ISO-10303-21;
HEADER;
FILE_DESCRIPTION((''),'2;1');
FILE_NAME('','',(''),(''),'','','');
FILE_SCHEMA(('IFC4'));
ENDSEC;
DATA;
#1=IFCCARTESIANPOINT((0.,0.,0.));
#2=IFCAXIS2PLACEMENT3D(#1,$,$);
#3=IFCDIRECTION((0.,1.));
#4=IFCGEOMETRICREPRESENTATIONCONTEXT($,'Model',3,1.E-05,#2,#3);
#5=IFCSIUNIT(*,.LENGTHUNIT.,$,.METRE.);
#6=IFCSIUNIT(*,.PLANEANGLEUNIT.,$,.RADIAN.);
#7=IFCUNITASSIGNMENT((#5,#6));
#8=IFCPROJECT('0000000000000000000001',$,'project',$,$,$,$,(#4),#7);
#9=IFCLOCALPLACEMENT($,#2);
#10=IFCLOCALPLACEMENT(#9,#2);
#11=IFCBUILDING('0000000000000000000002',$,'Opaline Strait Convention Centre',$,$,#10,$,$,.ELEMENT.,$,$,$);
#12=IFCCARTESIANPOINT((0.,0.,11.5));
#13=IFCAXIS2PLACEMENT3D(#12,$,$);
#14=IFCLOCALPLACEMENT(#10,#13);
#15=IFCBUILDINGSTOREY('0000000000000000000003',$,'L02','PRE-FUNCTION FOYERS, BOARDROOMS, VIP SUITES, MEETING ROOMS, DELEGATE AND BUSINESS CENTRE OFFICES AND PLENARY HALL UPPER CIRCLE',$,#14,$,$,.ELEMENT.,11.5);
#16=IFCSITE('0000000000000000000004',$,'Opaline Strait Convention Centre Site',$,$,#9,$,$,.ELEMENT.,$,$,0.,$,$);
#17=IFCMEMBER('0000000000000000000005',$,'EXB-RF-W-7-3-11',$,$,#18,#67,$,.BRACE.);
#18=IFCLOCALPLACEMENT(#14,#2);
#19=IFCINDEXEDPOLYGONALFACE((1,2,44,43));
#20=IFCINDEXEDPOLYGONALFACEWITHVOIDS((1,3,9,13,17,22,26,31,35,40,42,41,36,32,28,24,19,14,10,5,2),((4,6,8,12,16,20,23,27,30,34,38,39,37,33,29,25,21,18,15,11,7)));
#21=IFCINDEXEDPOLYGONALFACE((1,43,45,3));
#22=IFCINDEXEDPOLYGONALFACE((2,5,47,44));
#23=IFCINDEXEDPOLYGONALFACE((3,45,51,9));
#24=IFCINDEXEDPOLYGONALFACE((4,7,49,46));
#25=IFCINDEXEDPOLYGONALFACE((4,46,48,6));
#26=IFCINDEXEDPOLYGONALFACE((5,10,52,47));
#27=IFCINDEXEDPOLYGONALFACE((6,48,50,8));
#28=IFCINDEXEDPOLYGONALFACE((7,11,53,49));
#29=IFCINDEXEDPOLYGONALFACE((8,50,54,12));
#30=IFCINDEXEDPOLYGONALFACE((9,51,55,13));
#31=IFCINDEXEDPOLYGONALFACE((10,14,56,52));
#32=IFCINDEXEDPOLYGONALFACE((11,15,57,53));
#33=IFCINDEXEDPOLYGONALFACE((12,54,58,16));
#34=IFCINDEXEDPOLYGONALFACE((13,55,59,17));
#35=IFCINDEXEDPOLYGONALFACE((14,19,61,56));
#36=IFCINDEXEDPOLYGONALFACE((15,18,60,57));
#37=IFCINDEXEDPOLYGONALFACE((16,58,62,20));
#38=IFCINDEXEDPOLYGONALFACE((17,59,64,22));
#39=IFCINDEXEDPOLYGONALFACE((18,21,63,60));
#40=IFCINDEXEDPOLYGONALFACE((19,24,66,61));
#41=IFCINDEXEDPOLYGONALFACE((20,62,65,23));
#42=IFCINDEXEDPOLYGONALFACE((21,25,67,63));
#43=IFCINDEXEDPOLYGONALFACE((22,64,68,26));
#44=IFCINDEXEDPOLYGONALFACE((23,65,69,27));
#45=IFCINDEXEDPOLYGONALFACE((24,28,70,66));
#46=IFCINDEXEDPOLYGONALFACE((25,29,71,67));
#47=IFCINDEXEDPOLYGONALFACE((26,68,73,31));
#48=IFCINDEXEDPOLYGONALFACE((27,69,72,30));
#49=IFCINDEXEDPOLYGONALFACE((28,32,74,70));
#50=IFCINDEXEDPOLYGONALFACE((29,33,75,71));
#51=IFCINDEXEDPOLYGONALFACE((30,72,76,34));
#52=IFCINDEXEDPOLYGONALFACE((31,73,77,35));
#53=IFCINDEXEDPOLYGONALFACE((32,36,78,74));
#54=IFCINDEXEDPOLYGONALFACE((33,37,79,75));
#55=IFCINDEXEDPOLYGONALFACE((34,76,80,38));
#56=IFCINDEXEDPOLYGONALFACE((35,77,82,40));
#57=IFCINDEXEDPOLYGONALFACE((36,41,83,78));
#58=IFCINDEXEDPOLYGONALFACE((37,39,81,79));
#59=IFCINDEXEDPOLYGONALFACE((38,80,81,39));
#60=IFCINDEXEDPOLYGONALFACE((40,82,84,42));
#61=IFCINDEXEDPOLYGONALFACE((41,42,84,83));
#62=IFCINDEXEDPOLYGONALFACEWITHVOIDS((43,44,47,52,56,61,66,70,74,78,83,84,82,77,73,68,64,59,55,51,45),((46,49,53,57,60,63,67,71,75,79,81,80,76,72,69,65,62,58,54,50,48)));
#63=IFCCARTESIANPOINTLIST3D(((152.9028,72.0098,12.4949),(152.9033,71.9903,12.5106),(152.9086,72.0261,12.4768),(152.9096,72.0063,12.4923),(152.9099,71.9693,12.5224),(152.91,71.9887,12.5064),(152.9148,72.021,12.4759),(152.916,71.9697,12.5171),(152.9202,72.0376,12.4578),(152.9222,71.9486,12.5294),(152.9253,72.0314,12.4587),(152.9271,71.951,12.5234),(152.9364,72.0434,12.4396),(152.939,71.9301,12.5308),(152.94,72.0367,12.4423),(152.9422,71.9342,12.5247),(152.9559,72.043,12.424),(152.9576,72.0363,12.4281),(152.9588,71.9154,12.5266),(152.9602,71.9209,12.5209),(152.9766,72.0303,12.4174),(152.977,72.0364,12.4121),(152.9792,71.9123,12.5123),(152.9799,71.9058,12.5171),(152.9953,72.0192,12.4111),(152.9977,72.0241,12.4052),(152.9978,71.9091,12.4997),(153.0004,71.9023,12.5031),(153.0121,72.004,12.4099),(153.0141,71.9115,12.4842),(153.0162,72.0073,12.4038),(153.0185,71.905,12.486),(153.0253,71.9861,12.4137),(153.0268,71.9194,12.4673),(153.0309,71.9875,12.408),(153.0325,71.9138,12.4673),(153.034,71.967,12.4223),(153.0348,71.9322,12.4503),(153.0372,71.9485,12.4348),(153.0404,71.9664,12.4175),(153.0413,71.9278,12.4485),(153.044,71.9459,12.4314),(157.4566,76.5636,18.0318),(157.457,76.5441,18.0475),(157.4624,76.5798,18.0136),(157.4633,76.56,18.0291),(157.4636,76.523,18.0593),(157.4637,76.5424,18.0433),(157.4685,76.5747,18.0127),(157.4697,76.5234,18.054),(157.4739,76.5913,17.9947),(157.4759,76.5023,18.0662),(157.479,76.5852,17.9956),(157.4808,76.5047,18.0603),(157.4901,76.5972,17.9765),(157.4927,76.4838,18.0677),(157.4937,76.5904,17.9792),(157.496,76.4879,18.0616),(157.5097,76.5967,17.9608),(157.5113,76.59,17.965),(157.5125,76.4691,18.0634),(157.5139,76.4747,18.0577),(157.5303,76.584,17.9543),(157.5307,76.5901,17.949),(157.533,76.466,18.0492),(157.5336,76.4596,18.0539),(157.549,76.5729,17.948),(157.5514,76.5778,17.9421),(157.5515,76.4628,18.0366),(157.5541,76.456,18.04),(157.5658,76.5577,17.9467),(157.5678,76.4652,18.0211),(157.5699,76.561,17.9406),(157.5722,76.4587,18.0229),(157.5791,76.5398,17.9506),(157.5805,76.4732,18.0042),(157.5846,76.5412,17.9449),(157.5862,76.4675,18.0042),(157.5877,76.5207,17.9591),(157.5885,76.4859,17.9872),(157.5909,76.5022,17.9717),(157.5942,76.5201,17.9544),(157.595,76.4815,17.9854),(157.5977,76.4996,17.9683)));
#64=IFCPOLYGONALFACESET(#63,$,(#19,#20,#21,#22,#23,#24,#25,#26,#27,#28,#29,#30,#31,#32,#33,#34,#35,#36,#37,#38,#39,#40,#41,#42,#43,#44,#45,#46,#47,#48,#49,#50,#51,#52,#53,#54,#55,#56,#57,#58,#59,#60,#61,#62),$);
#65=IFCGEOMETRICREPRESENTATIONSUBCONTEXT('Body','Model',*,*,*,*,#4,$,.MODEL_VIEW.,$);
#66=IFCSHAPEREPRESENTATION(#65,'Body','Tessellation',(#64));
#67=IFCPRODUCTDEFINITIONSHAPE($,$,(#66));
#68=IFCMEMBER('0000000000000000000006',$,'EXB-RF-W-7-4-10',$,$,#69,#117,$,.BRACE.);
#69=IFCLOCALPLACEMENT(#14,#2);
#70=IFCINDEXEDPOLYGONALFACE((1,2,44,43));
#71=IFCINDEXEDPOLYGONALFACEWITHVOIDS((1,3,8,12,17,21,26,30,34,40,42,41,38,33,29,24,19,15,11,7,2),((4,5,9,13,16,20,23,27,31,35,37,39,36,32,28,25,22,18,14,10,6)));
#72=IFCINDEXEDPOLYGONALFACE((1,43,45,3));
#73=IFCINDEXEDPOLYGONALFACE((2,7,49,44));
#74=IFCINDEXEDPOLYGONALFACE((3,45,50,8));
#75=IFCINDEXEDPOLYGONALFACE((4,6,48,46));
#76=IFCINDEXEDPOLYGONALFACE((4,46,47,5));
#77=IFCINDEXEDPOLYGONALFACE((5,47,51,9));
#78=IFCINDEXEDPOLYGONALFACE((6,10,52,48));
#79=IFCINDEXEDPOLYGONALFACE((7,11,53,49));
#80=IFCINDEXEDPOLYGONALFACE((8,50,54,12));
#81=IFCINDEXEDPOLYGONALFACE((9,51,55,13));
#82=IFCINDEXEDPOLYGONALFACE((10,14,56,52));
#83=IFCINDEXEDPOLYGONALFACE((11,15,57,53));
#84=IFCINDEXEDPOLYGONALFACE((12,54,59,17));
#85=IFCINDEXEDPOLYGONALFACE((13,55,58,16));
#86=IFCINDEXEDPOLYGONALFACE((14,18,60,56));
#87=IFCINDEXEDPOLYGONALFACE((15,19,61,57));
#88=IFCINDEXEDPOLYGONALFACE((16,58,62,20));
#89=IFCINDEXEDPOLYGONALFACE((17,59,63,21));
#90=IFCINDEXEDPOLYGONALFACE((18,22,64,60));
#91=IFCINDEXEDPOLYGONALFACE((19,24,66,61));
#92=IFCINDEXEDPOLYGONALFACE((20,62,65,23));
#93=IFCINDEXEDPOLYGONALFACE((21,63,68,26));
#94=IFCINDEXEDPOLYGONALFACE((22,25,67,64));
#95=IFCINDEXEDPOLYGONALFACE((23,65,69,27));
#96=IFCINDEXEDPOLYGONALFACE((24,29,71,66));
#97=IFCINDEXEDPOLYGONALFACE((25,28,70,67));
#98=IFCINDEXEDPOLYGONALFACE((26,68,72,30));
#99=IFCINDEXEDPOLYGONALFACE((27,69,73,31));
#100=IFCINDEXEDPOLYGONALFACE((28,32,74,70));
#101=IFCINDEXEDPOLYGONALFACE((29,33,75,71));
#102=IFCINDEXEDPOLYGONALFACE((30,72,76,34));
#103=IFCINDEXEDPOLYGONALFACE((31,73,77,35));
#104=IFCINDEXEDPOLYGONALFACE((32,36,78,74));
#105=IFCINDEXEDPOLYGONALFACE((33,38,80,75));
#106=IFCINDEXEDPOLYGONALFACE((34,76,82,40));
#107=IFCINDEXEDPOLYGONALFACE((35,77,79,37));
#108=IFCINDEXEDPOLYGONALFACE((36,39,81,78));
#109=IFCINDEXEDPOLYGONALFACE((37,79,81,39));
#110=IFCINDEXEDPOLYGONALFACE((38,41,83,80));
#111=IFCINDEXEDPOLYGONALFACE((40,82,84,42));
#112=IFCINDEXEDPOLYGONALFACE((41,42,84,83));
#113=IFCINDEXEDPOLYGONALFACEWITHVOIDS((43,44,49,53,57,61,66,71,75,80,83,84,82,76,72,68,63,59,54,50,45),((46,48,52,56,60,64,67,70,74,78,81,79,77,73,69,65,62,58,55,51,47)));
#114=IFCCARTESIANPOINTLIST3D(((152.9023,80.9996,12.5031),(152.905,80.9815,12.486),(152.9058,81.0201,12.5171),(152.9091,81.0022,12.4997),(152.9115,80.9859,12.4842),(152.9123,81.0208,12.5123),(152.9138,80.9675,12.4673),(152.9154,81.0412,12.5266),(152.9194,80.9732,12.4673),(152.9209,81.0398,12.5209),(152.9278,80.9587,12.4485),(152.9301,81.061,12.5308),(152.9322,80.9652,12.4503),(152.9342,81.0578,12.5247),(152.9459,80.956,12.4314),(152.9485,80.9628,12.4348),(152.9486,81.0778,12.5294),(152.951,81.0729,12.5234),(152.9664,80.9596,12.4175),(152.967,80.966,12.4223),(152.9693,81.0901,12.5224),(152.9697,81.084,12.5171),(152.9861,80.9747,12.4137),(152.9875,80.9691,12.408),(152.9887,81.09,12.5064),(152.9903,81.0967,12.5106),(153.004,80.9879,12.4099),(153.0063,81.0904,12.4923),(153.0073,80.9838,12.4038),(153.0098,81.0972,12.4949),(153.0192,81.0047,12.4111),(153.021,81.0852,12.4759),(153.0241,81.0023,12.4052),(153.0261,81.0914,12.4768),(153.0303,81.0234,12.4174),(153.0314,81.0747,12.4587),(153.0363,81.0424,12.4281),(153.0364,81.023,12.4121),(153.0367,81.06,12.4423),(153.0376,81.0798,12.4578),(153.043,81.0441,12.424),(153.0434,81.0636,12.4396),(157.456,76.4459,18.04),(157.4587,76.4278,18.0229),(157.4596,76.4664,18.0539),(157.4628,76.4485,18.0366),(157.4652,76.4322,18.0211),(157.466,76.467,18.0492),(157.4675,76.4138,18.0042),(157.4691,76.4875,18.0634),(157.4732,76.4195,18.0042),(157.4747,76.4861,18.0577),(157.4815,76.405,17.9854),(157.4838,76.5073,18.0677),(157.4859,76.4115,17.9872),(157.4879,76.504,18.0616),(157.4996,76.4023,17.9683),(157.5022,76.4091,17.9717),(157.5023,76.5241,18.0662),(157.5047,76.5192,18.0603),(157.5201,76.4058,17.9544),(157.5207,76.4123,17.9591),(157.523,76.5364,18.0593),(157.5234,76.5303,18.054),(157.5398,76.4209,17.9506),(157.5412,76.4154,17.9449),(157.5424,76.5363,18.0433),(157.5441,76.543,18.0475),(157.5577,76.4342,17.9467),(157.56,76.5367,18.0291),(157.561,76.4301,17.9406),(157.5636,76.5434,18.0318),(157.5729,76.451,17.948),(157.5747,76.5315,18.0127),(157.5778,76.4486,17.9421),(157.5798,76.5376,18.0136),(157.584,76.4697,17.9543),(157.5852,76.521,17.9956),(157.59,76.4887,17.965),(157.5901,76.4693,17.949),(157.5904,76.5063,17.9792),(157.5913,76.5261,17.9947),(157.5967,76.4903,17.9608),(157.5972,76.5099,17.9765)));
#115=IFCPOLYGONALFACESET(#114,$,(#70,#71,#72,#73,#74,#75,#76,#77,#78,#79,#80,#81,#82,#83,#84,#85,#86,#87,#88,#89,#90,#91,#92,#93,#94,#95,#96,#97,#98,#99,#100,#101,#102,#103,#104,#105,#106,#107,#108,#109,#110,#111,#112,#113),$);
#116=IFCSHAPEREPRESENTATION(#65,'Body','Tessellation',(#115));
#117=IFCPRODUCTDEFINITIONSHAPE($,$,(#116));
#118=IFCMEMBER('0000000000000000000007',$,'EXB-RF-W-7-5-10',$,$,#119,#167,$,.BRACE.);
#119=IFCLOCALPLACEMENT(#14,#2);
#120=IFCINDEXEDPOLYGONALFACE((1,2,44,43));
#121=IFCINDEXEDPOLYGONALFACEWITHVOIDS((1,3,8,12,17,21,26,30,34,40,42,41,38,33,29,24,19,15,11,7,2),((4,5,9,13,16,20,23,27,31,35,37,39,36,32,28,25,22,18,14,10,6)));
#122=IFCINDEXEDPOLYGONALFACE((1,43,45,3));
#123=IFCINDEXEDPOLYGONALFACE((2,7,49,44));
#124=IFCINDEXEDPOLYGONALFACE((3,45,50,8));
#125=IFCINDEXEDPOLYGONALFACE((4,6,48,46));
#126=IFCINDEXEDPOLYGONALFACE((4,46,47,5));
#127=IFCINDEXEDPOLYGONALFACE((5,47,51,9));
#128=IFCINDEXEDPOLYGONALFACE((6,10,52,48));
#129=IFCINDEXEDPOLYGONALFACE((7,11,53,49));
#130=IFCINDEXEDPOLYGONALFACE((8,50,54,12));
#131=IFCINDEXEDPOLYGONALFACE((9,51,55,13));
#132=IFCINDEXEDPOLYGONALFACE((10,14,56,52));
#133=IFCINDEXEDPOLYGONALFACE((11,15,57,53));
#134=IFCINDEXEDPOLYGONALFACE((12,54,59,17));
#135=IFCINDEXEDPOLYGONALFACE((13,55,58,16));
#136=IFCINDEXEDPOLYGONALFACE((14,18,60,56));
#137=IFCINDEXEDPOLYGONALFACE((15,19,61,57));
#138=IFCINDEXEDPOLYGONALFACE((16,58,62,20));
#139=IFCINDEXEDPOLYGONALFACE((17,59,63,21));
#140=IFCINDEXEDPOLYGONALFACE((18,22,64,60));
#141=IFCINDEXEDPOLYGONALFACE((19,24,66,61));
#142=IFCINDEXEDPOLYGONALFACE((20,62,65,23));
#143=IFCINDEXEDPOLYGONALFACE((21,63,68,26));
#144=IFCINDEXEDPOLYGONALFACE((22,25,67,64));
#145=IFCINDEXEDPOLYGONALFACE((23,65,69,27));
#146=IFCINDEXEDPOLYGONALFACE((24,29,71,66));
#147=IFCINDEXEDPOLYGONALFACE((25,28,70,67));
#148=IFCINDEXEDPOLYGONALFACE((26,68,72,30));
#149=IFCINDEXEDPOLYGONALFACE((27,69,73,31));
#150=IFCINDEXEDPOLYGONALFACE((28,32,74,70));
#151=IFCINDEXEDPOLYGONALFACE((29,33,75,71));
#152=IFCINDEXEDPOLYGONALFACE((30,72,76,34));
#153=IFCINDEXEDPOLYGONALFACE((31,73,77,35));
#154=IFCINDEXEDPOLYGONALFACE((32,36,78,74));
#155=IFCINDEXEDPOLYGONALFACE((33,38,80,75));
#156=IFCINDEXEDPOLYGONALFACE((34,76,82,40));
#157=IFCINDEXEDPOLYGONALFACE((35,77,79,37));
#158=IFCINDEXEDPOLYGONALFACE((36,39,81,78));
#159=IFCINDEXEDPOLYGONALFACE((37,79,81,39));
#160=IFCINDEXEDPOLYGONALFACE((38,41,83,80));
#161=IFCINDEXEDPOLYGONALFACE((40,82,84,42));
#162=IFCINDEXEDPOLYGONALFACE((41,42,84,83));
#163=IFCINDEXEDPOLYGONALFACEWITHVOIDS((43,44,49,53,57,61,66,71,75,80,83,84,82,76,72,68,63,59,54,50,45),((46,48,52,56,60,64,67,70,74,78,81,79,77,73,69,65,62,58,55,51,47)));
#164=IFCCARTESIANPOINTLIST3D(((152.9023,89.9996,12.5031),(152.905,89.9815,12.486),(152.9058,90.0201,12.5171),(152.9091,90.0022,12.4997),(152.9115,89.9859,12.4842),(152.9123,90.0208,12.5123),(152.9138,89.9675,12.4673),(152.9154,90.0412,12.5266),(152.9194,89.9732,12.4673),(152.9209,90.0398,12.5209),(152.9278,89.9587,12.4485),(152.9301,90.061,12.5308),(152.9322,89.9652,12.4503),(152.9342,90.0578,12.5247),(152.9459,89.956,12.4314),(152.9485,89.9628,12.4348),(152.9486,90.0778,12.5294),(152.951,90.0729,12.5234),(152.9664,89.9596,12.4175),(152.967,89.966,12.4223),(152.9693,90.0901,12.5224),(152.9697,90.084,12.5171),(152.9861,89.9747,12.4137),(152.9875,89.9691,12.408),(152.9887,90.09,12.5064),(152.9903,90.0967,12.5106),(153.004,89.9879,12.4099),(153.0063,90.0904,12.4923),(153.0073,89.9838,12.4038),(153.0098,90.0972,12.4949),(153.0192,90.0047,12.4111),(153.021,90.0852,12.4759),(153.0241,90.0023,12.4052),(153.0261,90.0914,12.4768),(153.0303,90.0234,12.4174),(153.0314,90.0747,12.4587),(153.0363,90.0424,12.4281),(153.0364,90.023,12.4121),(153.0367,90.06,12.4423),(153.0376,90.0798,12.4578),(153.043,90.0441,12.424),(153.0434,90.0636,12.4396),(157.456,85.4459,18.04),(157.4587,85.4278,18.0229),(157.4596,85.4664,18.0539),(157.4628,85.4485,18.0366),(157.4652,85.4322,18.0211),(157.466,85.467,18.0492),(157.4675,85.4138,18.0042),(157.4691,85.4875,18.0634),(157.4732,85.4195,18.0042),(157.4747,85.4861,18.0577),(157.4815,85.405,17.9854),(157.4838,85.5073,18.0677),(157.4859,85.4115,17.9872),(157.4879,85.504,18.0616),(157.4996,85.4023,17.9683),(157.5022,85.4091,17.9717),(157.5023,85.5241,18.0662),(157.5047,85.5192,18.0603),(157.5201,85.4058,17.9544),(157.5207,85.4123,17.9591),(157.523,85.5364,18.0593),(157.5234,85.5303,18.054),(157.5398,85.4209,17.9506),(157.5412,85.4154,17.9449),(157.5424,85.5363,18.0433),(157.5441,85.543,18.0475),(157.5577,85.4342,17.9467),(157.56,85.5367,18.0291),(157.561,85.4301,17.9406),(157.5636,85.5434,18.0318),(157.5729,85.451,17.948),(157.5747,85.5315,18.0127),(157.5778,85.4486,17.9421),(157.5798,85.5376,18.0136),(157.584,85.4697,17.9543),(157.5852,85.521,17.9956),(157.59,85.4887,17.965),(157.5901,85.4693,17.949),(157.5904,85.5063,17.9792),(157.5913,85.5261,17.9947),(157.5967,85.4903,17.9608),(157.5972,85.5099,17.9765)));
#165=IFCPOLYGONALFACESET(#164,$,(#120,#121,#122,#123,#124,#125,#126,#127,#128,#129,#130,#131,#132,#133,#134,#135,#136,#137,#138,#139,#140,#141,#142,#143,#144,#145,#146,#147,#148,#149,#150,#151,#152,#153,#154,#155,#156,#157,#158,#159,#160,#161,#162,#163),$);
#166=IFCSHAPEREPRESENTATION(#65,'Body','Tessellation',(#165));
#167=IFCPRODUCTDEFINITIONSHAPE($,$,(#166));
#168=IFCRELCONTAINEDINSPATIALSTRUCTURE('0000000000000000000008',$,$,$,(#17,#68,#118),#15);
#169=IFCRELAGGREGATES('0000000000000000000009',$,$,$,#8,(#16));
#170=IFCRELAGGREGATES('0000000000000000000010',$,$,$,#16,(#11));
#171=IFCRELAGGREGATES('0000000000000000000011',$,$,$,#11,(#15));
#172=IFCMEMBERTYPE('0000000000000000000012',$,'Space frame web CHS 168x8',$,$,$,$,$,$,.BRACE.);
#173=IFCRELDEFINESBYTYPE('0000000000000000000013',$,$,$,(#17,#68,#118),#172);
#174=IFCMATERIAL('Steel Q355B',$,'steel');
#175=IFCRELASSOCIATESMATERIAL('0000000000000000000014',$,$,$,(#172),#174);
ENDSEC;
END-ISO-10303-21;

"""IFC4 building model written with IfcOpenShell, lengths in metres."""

from ifc_helpers import new_model, si_unit, direction, frame, origin, origin_2d, place, context, subcontext, project, spatial, hollow_circle, extrude, material, material_profile, profile_set, type_object, element, save


model = new_model("IFC4")

# Units and contexts
model_context = context("Model", 3, precision=1e-05, world=origin(), true_north=direction((0.0, 1.0)))
body_context = subcontext(model_context, "Body", "Model", "MODEL_VIEW")
ifc_project = project(units=[si_unit("LENGTHUNIT", "METRE"), si_unit("PLANEANGLEUNIT", "RADIAN")], contexts=[model_context])

# Site, building, storey
site_placement = place(None, origin())
site = spatial("IfcSite", under=ifc_project, at=site_placement, Name="Opaline Strait Convention Centre Site", CompositionType="ELEMENT", RefElevation=0.0)
building_placement = place(site_placement, origin())
building = spatial("IfcBuilding", under=site, at=building_placement, Name="Opaline Strait Convention Centre", CompositionType="ELEMENT")
storey_placement = place(building_placement, frame((0.0, 0.0, 11.5)))
storey = spatial("IfcBuildingStorey", under=building, at=storey_placement, Name="L02", Description="PRE-FUNCTION FOYERS, BOARDROOMS, VIP SUITES, MEETING ROOMS, DELEGATE AND BUSINESS CENTRE OFFICES AND PLENARY HALL UPPER CIRCLE", CompositionType="ELEMENT", Elevation=11.5)

# Members
ifc_material_1 = material(Name="Steel Q355B", Category="steel")
ifc_material_profile_1 = material_profile(ifc_material_1, hollow_circle(Radius=0.084, WallThickness=0.0081, at=origin_2d()), Name="CHS 168x8")
ifc_profile_set_1 = profile_set([ifc_material_profile_1], Name="Steel Q355B")
member_type_1 = type_object("IfcMemberType", Name="Space frame web CHS 168x8", PredefinedType="BRACE", material=ifc_profile_set_1)
for number, where, z_axis, x_axis, name in (
    (1, (157.5269, 76.5269, 18.0042), (-0.536178, -0.536178, -0.65194), (0.707107, -0.707107, 0.0), "EXB-RF-W-7-3-11"),
    (2, (157.5269, 76.4731, 18.0042), (-0.536178, 0.536178, -0.65194), (-0.707107, -0.707107, 0.0), "EXB-RF-W-7-4-10"),
    (3, (157.5269, 85.4731, 18.0042), (-0.536178, 0.536178, -0.65194), (-0.707107, -0.707107, 0.0), "EXB-RF-W-7-5-10"),
):
    element("IfcMember", number, at=place(storey_placement, frame(where, z_axis=z_axis, x_axis=x_axis)), inside=storey, type_object=member_type_1, Name=name, PredefinedType="BRACE", context=body_context, shape_type="SweptSolid", body=[
        extrude(hollow_circle(Radius=0.084, WallThickness=0.0081, at=origin_2d()), origin(), (0.0, 0.0, 1.0), 8.4929),
    ])

save(model, "model.ifc")
